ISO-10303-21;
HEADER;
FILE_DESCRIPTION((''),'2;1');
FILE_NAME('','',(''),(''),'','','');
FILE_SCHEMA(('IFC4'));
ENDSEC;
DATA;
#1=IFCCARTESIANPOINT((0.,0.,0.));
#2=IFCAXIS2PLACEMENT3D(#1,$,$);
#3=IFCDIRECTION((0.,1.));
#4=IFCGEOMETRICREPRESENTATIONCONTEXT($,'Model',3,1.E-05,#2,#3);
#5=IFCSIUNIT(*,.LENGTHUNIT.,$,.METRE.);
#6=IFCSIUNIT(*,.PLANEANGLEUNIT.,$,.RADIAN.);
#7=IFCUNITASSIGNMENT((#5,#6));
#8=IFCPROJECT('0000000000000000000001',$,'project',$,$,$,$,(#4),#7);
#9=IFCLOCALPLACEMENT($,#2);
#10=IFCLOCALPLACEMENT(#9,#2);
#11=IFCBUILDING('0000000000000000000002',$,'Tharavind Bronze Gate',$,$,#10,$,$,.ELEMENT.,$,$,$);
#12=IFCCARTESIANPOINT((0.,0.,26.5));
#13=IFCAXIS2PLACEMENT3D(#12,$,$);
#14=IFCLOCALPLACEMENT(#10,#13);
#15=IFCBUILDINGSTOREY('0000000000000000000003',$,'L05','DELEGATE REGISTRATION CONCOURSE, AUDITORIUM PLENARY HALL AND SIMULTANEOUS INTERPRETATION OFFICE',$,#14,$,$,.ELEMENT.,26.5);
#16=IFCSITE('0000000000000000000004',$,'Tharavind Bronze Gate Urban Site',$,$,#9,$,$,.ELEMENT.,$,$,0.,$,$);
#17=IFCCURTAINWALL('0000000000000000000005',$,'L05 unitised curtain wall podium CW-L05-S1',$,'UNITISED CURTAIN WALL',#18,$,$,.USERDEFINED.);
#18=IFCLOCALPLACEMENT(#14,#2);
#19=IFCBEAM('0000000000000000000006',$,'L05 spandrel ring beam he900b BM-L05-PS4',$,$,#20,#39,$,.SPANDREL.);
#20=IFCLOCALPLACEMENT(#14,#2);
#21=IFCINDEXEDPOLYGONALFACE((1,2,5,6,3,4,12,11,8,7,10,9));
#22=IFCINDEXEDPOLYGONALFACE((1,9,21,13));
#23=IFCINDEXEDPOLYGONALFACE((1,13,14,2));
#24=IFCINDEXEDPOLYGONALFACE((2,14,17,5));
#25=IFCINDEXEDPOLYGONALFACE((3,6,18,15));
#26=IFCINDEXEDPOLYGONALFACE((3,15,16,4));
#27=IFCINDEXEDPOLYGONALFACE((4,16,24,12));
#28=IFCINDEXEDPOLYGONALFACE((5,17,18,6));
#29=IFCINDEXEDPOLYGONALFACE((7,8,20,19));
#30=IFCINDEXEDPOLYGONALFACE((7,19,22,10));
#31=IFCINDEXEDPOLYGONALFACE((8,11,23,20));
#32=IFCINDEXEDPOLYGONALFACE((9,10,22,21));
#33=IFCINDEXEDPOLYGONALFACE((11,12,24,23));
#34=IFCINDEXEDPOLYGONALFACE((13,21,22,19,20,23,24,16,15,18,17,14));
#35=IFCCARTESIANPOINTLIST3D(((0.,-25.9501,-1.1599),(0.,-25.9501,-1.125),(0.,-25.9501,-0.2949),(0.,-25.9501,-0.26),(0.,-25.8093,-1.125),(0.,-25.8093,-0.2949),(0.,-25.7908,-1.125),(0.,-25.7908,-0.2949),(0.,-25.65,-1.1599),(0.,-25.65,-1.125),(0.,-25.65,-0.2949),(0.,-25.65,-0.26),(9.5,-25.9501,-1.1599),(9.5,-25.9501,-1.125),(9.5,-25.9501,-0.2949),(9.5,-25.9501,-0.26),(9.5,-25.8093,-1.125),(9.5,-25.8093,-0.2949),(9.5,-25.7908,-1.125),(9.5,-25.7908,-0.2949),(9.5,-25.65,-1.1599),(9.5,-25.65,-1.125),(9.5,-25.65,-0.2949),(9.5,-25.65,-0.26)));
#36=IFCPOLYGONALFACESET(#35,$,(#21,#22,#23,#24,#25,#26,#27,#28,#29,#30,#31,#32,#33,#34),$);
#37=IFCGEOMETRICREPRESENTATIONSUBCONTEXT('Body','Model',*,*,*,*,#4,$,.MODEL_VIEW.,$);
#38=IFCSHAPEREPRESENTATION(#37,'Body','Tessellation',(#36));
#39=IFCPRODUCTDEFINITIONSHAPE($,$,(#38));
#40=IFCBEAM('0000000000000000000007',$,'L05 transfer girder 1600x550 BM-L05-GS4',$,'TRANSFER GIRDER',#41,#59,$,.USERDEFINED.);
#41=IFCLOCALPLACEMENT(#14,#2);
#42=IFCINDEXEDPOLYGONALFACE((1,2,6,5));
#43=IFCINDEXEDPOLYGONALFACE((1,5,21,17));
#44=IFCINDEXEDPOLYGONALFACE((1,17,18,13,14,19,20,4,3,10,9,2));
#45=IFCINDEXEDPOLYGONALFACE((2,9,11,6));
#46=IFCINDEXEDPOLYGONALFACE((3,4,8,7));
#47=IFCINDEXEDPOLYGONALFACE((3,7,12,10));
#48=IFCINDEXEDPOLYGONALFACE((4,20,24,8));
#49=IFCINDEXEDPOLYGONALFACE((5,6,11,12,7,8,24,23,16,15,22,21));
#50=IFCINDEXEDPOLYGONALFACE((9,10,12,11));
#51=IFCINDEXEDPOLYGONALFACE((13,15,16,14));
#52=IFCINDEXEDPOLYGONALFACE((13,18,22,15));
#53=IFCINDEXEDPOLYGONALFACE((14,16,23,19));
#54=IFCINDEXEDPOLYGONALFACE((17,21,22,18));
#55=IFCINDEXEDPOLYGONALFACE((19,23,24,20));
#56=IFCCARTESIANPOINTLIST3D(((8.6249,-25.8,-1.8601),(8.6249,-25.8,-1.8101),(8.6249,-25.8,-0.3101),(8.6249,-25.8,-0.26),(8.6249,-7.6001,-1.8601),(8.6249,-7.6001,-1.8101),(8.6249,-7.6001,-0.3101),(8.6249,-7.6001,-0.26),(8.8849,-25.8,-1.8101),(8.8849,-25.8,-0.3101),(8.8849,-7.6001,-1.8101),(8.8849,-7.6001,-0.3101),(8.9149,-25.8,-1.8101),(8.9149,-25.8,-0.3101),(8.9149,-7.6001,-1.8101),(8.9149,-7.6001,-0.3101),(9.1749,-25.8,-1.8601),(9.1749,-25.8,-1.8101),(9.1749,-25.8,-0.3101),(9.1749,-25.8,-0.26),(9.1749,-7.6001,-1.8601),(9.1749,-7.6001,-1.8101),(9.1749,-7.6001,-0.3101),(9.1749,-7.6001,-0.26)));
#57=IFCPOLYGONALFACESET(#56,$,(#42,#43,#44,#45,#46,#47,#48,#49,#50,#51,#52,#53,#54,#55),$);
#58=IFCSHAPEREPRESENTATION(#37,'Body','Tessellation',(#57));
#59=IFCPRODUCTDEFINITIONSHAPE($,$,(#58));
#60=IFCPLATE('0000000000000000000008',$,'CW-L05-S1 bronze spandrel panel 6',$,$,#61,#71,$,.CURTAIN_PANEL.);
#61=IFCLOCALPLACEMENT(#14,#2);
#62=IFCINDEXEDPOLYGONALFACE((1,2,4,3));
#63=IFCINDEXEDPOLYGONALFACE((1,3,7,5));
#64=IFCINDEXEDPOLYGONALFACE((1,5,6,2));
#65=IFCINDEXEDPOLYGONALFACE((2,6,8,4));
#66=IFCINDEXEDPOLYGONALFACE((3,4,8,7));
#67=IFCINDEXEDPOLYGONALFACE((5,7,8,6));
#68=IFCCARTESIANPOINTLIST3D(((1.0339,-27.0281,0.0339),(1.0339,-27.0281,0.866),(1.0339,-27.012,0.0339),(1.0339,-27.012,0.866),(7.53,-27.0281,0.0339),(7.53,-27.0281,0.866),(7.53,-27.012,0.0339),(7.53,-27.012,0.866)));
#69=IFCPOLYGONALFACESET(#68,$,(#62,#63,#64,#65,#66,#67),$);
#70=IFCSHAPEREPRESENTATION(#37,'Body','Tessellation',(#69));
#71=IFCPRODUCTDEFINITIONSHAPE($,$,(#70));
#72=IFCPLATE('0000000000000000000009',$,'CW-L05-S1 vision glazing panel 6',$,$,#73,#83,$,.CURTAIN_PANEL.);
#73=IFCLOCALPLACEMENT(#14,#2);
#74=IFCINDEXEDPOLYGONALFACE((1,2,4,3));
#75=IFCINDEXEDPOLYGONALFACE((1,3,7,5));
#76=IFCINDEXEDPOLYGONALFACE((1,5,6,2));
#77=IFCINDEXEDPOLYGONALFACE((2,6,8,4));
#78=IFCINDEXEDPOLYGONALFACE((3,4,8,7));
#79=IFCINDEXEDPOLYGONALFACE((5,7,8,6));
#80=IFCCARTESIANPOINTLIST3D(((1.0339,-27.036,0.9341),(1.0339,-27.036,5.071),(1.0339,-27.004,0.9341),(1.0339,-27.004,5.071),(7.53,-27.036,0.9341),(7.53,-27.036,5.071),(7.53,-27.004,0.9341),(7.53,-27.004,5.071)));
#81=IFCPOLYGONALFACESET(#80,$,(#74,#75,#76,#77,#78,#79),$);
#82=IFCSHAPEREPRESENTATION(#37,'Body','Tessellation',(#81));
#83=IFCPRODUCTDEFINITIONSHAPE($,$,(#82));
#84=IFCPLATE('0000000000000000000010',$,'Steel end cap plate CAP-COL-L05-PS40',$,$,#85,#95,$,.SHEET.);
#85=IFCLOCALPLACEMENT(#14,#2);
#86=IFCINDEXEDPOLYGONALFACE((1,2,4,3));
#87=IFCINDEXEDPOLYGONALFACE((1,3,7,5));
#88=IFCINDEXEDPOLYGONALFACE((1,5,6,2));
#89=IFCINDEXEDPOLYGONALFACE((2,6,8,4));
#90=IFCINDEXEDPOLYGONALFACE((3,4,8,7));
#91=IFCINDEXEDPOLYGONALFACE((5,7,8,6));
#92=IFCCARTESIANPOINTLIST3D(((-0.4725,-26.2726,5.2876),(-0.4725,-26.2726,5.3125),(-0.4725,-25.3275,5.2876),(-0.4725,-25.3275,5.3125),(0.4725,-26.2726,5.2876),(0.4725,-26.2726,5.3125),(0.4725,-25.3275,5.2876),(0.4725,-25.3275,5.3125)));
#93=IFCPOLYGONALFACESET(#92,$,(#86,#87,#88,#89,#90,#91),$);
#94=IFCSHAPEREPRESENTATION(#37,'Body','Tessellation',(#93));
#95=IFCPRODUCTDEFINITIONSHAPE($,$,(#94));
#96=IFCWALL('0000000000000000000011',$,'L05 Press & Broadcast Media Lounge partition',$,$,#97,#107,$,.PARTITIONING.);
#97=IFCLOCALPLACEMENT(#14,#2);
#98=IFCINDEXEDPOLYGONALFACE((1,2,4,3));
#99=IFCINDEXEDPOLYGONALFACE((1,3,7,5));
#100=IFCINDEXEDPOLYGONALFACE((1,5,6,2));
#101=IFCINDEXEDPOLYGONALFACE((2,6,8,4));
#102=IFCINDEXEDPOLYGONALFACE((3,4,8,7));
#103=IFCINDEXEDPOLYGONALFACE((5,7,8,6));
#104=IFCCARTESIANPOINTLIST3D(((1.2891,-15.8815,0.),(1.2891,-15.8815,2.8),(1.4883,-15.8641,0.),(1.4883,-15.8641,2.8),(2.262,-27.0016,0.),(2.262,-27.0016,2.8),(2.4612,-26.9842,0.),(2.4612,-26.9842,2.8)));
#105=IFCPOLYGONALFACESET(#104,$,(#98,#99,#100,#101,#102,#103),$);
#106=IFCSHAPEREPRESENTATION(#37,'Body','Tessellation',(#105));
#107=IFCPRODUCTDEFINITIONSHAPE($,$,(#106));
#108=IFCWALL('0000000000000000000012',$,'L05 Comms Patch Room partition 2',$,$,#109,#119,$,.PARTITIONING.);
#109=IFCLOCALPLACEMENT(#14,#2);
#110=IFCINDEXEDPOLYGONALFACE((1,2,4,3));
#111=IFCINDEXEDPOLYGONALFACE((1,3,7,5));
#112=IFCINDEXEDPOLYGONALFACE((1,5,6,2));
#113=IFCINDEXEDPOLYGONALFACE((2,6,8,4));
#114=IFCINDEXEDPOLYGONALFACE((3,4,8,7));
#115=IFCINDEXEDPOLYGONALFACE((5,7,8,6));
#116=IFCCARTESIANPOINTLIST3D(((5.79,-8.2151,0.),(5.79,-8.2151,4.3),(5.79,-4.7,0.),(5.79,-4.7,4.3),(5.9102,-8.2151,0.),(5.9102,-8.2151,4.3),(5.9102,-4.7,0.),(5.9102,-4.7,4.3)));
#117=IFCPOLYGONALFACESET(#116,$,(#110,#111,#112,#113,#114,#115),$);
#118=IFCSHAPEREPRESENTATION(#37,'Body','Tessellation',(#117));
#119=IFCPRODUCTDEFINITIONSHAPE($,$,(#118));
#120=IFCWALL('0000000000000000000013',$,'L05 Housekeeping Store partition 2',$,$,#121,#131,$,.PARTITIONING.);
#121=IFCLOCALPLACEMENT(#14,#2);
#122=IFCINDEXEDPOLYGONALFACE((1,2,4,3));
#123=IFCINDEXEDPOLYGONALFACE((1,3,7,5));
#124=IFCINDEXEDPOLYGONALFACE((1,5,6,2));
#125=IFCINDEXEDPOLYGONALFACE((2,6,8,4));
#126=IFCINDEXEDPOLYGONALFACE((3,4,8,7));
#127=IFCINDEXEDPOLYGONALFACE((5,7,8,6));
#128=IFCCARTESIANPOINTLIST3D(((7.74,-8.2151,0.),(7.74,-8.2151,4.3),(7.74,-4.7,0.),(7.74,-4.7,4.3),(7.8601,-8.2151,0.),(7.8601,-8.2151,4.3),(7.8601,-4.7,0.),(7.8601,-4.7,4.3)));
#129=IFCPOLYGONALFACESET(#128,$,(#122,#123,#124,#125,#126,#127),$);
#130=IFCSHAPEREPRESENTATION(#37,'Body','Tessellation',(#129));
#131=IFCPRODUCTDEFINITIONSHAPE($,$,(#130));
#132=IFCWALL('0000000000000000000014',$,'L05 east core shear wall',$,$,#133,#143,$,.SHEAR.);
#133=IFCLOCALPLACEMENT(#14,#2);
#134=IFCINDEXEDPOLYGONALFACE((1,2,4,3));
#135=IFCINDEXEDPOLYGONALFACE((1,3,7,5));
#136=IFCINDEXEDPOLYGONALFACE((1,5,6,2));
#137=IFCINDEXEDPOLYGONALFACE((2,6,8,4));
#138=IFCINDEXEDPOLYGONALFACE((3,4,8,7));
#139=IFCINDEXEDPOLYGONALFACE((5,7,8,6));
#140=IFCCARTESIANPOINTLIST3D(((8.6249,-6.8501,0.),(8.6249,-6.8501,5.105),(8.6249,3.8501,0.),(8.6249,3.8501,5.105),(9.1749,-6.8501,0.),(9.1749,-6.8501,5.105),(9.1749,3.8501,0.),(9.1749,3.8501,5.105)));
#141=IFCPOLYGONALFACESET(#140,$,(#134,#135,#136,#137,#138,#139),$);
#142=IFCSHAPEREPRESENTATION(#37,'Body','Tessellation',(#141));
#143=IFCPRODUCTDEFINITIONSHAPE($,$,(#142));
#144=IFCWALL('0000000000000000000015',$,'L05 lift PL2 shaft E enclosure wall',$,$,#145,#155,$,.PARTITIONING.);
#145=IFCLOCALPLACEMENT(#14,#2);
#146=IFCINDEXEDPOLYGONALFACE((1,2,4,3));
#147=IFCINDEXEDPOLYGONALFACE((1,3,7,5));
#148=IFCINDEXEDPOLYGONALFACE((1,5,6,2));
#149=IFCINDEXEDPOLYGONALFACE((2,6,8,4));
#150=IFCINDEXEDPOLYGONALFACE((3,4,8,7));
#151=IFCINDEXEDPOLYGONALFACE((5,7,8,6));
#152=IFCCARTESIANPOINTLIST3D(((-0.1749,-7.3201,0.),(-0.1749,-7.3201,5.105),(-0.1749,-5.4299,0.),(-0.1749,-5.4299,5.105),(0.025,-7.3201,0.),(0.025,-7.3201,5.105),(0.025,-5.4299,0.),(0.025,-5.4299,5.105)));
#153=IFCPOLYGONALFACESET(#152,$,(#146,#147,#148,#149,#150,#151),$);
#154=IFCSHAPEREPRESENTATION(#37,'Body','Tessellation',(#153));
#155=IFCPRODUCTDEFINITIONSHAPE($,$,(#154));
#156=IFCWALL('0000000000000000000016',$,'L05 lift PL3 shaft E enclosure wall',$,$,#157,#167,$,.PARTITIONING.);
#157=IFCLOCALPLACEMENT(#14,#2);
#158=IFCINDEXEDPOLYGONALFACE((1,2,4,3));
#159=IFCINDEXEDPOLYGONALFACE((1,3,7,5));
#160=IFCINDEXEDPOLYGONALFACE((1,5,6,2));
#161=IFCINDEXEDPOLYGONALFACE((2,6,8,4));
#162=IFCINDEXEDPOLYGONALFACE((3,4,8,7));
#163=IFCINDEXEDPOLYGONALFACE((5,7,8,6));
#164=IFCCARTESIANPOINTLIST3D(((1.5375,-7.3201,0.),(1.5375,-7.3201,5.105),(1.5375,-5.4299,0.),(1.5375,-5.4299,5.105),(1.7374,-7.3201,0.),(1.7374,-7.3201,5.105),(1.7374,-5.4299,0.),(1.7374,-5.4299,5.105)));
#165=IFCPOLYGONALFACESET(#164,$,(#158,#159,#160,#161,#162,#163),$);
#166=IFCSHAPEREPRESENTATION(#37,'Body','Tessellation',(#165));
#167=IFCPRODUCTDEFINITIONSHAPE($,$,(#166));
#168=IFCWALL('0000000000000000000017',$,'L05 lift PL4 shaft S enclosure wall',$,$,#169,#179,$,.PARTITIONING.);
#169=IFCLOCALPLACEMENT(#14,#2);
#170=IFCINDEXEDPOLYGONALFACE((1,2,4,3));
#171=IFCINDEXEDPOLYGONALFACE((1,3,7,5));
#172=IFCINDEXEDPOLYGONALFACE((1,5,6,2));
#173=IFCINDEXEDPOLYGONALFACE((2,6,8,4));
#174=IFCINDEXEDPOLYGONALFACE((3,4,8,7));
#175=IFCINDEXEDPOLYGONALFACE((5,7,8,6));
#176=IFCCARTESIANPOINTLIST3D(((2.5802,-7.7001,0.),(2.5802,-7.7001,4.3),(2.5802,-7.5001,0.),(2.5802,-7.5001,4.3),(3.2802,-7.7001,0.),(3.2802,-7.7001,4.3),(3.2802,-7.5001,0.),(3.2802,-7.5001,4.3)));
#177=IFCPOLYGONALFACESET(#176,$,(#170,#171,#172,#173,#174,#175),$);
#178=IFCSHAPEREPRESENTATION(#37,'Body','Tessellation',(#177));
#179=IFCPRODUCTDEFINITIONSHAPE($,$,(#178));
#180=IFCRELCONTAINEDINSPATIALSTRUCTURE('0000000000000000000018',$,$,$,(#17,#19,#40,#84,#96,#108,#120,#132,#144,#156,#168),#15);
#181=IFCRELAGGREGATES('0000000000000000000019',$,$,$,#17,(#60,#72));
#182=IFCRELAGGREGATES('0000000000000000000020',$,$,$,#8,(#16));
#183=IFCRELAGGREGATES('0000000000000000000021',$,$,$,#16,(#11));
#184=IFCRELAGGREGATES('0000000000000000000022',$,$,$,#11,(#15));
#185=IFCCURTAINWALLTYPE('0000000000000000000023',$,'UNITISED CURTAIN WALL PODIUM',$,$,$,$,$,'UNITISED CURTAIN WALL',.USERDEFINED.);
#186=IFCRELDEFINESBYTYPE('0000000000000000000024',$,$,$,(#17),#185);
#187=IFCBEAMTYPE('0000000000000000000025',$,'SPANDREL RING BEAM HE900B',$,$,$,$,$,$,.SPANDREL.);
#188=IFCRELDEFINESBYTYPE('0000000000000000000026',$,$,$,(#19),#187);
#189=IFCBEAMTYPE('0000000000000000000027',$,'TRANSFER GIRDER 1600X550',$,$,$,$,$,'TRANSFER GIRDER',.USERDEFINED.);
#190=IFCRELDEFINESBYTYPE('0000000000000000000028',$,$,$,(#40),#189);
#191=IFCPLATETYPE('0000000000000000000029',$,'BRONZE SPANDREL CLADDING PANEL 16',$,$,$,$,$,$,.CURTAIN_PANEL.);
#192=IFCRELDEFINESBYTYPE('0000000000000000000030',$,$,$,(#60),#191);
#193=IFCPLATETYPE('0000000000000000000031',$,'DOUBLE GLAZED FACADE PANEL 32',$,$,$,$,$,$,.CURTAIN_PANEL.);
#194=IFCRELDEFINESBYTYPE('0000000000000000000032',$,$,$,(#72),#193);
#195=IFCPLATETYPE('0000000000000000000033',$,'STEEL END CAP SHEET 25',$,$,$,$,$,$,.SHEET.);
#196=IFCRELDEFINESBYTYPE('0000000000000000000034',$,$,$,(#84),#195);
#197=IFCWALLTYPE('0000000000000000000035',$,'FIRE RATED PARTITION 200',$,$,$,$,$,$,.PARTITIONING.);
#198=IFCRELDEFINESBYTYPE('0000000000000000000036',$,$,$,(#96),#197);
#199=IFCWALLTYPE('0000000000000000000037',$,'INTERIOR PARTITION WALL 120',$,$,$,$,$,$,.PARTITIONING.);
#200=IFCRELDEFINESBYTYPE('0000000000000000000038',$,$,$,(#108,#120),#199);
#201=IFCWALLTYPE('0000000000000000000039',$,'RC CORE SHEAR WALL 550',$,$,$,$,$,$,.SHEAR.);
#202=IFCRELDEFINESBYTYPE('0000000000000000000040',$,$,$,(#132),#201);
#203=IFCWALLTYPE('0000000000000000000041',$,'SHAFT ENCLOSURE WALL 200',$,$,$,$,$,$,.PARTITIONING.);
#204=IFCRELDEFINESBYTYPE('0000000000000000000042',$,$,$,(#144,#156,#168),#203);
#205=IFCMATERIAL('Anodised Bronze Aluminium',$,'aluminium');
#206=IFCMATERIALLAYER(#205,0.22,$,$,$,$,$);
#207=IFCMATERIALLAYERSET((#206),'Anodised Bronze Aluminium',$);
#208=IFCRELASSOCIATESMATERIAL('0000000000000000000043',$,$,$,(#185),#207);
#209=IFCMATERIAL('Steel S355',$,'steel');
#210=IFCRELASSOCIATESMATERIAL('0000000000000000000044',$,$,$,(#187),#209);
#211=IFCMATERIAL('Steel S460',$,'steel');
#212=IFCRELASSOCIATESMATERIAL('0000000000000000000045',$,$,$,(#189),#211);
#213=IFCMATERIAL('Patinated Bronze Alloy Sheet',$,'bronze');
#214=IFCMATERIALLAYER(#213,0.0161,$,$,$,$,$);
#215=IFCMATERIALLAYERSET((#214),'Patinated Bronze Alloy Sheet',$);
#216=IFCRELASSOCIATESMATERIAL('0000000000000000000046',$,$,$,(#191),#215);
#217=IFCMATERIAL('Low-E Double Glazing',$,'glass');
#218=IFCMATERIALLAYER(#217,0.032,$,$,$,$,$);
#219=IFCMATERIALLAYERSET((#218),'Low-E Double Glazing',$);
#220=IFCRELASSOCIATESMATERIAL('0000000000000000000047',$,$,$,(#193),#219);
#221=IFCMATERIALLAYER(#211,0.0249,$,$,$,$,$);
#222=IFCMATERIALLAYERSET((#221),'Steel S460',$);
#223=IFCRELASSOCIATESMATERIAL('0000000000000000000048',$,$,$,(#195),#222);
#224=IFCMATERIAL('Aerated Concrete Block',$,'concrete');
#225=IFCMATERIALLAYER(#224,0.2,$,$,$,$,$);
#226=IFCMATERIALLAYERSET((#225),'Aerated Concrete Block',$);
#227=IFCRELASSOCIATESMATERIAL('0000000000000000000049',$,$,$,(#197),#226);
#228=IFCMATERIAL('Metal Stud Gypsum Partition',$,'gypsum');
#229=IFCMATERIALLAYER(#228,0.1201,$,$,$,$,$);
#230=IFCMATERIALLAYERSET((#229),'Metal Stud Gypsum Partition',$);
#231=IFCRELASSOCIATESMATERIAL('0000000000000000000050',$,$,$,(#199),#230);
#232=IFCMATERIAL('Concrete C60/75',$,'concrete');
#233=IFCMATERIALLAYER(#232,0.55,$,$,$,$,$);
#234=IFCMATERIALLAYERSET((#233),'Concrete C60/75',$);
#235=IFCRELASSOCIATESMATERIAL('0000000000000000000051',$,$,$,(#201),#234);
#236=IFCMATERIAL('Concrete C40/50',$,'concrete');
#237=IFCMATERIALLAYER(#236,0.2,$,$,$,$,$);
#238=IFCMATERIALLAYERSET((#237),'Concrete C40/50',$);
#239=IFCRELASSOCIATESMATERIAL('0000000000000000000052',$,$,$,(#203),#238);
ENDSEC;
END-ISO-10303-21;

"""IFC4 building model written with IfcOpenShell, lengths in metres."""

from ifc_helpers import new_model, si_unit, direction, frame, frame_2d, origin, origin_2d, place, context, subcontext, project, spatial, rectangle, i_section, extrude, material, layer, layer_set, material_profile, profile_set, type_object, element, aggregate, save


model = new_model("IFC4")

# Units and contexts
model_context = context("Model", 3, precision=1e-05, world=origin(), true_north=direction((0.0, 1.0)))
body_context = subcontext(model_context, "Body", "Model", "MODEL_VIEW")
ifc_project = project(units=[si_unit("LENGTHUNIT", "METRE"), si_unit("PLANEANGLEUNIT", "RADIAN")], contexts=[model_context])

# Site, building, storey
site_placement = place(None, origin())
site = spatial("IfcSite", under=ifc_project, at=site_placement, Name="Tharavind Bronze Gate Urban Site", CompositionType="ELEMENT", RefElevation=0.0)
building_placement = place(site_placement, origin())
building = spatial("IfcBuilding", under=site, at=building_placement, Name="Tharavind Bronze Gate", CompositionType="ELEMENT")
storey_placement = place(building_placement, frame((0.0, 0.0, 26.5)))
storey = spatial("IfcBuildingStorey", under=building, at=storey_placement, Name="L05", Description="DELEGATE REGISTRATION CONCOURSE, AUDITORIUM PLENARY HALL AND SIMULTANEOUS INTERPRETATION OFFICE", CompositionType="ELEMENT", Elevation=26.5)

# Shared definitions
ifc_material_1 = material(Name="Steel S460", Category="steel")

# Curtain wall
ifc_material_2 = material(Name="Anodised Bronze Aluminium", Category="aluminium")
ifc_layer_1 = layer(ifc_material_2, 0.22)
ifc_layer_set_1 = layer_set([ifc_layer_1], Name="Anodised Bronze Aluminium")
curtain_wall_type = type_object("IfcCurtainWallType", Name="UNITISED CURTAIN WALL PODIUM", ElementType="UNITISED CURTAIN WALL", PredefinedType="USERDEFINED", material=ifc_layer_set_1)
curtain_wall_placement = place(storey_placement, origin())
curtain_wall = element("IfcCurtainWall", 1, at=curtain_wall_placement, inside=storey, type_object=curtain_wall_type, Name="L05 unitised curtain wall podium CW-L05-S1", ObjectType="UNITISED CURTAIN WALL", PredefinedType="USERDEFINED")

# Beams
ifc_material_3 = material(Name="Steel S355", Category="steel")
ifc_material_profile_1 = material_profile(ifc_material_3, i_section(OverallWidth=0.3, OverallDepth=0.8999, WebThickness=0.0186, FlangeThickness=0.0349, at=origin_2d()), Name="HE900B")
ifc_profile_set_1 = profile_set([ifc_material_profile_1], Name="Steel S355")
beam_type_1 = type_object("IfcBeamType", Name="SPANDREL RING BEAM HE900B", PredefinedType="SPANDREL", material=ifc_profile_set_1)
beam_1_placement = place(storey_placement, frame((0.0, -25.8, -0.71), z_axis=(1.0, 0.0, 0.0), x_axis=(0.0, 1.0, 0.0)))
element("IfcBeam", 2, at=beam_1_placement, inside=storey, type_object=beam_type_1, Name="L05 spandrel ring beam he900b BM-L05-PS4", PredefinedType="SPANDREL", context=body_context, shape_type="SweptSolid", body=[
    extrude(i_section(OverallWidth=0.3, OverallDepth=0.8999, WebThickness=0.0186, FlangeThickness=0.0349, at=origin_2d()), origin(), (0.0, 0.0, 1.0), 9.5),
])
ifc_material_profile_2 = material_profile(ifc_material_1, i_section(OverallWidth=0.55, OverallDepth=1.6001, WebThickness=0.03, FlangeThickness=0.05, at=origin_2d()), Name="PG1600X550")
ifc_profile_set_2 = profile_set([ifc_material_profile_2], Name="Steel S460")
beam_type_2 = type_object("IfcBeamType", Name="TRANSFER GIRDER 1600X550", ElementType="TRANSFER GIRDER", PredefinedType="USERDEFINED", material=ifc_profile_set_2)
beam_2_placement = place(storey_placement, frame((8.8999, -25.8, -1.0601), z_axis=(0.0, 1.0, 0.0), x_axis=(-1.0, 0.0, 0.0)))
element("IfcBeam", 3, at=beam_2_placement, inside=storey, type_object=beam_type_2, Name="L05 transfer girder 1600x550 BM-L05-GS4", ObjectType="TRANSFER GIRDER", PredefinedType="USERDEFINED", context=body_context, shape_type="SweptSolid", body=[
    extrude(i_section(OverallWidth=0.55, OverallDepth=1.6001, WebThickness=0.03, FlangeThickness=0.05, at=origin_2d()), origin(), (0.0, 0.0, 1.0), 18.2),
])

# Plates
ifc_material_4 = material(Name="Patinated Bronze Alloy Sheet", Category="bronze")
ifc_layer_2 = layer(ifc_material_4, 0.0161)
ifc_layer_set_2 = layer_set([ifc_layer_2], Name="Patinated Bronze Alloy Sheet")
plate_type_1 = type_object("IfcPlateType", Name="BRONZE SPANDREL CLADDING PANEL 16", PredefinedType="CURTAIN_PANEL", material=ifc_layer_set_2)
plate_1_placement = place(storey_placement, frame((4.282, -27.02, 0.0339), z_axis=(0.0, 0.0, 1.0), x_axis=(1.0, 0.0, 0.0)))
plate_1 = element("IfcPlate", 4, at=plate_1_placement, type_object=plate_type_1, Name="CW-L05-S1 bronze spandrel panel 6", PredefinedType="CURTAIN_PANEL", context=body_context, shape_type="SweptSolid", body=[
    extrude(rectangle(XDim=6.4961, YDim=0.0161, at=origin_2d()), origin(), (0.0, 0.0, 1.0), 0.832),
])
ifc_material_5 = material(Name="Low-E Double Glazing", Category="glass")
ifc_layer_3 = layer(ifc_material_5, 0.032)
ifc_layer_set_3 = layer_set([ifc_layer_3], Name="Low-E Double Glazing")
plate_type_2 = type_object("IfcPlateType", Name="DOUBLE GLAZED FACADE PANEL 32", PredefinedType="CURTAIN_PANEL", material=ifc_layer_set_3)
plate_2_placement = place(storey_placement, frame((4.282, -27.02, 0.9341), z_axis=(0.0, 0.0, 1.0), x_axis=(1.0, 0.0, 0.0)))
plate_2 = element("IfcPlate", 5, at=plate_2_placement, type_object=plate_type_2, Name="CW-L05-S1 vision glazing panel 6", PredefinedType="CURTAIN_PANEL", context=body_context, shape_type="SweptSolid", body=[
    extrude(rectangle(XDim=6.4961, YDim=0.032, at=origin_2d()), origin(), (0.0, 0.0, 1.0), 4.137),
])
aggregate(curtain_wall, [plate_1, plate_2])
ifc_layer_4 = layer(ifc_material_1, 0.0249)
ifc_layer_set_4 = layer_set([ifc_layer_4], Name="Steel S460")
plate_type_3 = type_object("IfcPlateType", Name="STEEL END CAP SHEET 25", PredefinedType="SHEET", material=ifc_layer_set_4)
plate_3_placement = place(storey_placement, frame((0.0, -25.8, 5.2876), z_axis=(0.0, 0.0, 1.0), x_axis=(1.0, 0.0, 0.0)))
element("IfcPlate", 6, at=plate_3_placement, inside=storey, type_object=plate_type_3, Name="Steel end cap plate CAP-COL-L05-PS40", PredefinedType="SHEET", context=body_context, shape_type="SweptSolid", body=[
    extrude(rectangle(XDim=0.9451, YDim=0.9451, at=origin_2d()), origin(), (0.0, 0.0, 1.0), 0.0249),
])

# Walls
ifc_material_6 = material(Name="Aerated Concrete Block", Category="concrete")
ifc_layer_5 = layer(ifc_material_6, 0.2)
ifc_layer_set_5 = layer_set([ifc_layer_5], Name="Aerated Concrete Block")
wall_type_1 = type_object("IfcWallType", Name="FIRE RATED PARTITION 200", PredefinedType="PARTITIONING", material=ifc_layer_set_5)
wall_1_placement = place(storey_placement, frame((1.3887, -15.8728, 0.0), z_axis=(0.0, 0.0, 1.0), x_axis=(0.087157, -0.996195, 0.0)))
element("IfcWall", 7, at=wall_1_placement, inside=storey, type_object=wall_type_1, Name="L05 Press & Broadcast Media Lounge partition", PredefinedType="PARTITIONING", context=body_context, shape_type="SweptSolid", body=[
    extrude(rectangle(XDim=11.1626, YDim=0.2, at=frame_2d((5.5813, 0.0))), origin(), (0.0, 0.0, 1.0), 2.8),
])
ifc_material_7 = material(Name="Metal Stud Gypsum Partition", Category="gypsum")
ifc_layer_6 = layer(ifc_material_7, 0.1201)
ifc_layer_set_6 = layer_set([ifc_layer_6], Name="Metal Stud Gypsum Partition")
wall_type_2 = type_object("IfcWallType", Name="INTERIOR PARTITION WALL 120", PredefinedType="PARTITIONING", material=ifc_layer_set_6)
for number, where, z_axis, x_axis, name in (
    (8, (5.8501, -8.2151, 0.0), (0.0, 0.0, 1.0), (0.0, 1.0, 0.0), "L05 Comms Patch Room partition 2"),
    (9, (7.8, -8.2151, 0.0), (0.0, 0.0, 1.0), (0.0, 1.0, 0.0), "L05 Housekeeping Store partition 2"),
):
    element("IfcWall", number, at=place(storey_placement, frame(where, z_axis=z_axis, x_axis=x_axis)), inside=storey, type_object=wall_type_2, Name=name, PredefinedType="PARTITIONING", context=body_context, shape_type="SweptSolid", body=[
        extrude(rectangle(XDim=3.5151, YDim=0.1201, at=frame_2d((1.7576, 0.0))), origin(), (0.0, 0.0, 1.0), 4.3),
    ])
ifc_material_8 = material(Name="Concrete C60/75", Category="concrete")
ifc_layer_7 = layer(ifc_material_8, 0.55)
ifc_layer_set_7 = layer_set([ifc_layer_7], Name="Concrete C60/75")
wall_type_3 = type_object("IfcWallType", Name="RC CORE SHEAR WALL 550", PredefinedType="SHEAR", material=ifc_layer_set_7)
wall_2_placement = place(storey_placement, frame((8.8999, -6.8501, 0.0), z_axis=(0.0, 0.0, 1.0), x_axis=(0.0, 1.0, 0.0)))
element("IfcWall", 10, at=wall_2_placement, inside=storey, type_object=wall_type_3, Name="L05 east core shear wall", PredefinedType="SHEAR", context=body_context, shape_type="SweptSolid", body=[
    extrude(rectangle(XDim=10.7002, YDim=0.55, at=frame_2d((5.3501, 0.0))), origin(), (0.0, 0.0, 1.0), 5.105),
])
ifc_material_9 = material(Name="Concrete C40/50", Category="concrete")
ifc_layer_8 = layer(ifc_material_9, 0.2)
ifc_layer_set_8 = layer_set([ifc_layer_8], Name="Concrete C40/50")
wall_type_4 = type_object("IfcWallType", Name="SHAFT ENCLOSURE WALL 200", PredefinedType="PARTITIONING", material=ifc_layer_set_8)
for number, where, z_axis, x_axis, name in (
    (11, (-0.075, -7.3201, 0.0), (0.0, 0.0, 1.0), (0.0, 1.0, 0.0), "L05 lift PL2 shaft E enclosure wall"),
    (12, (1.6375, -7.3201, 0.0), (0.0, 0.0, 1.0), (0.0, 1.0, 0.0), "L05 lift PL3 shaft E enclosure wall"),
):
    element("IfcWall", number, at=place(storey_placement, frame(where, z_axis=z_axis, x_axis=x_axis)), inside=storey, type_object=wall_type_4, Name=name, PredefinedType="PARTITIONING", context=body_context, shape_type="SweptSolid", body=[
        extrude(rectangle(XDim=1.8901, YDim=0.2, at=frame_2d((0.9451, 0.0))), origin(), (0.0, 0.0, 1.0), 5.105),
    ])
wall_3_placement = place(storey_placement, frame((2.5801, -7.6001, 0.0), z_axis=(0.0, 0.0, 1.0), x_axis=(1.0, 0.0, 0.0)))
element("IfcWall", 13, at=wall_3_placement, inside=storey, type_object=wall_type_4, Name="L05 lift PL4 shaft S enclosure wall", PredefinedType="PARTITIONING", context=body_context, shape_type="SweptSolid", body=[
    extrude(rectangle(XDim=0.7, YDim=0.2, at=frame_2d((0.3501, 0.0))), origin(), (0.0, 0.0, 1.0), 4.3),
])

save(model, "model.ifc")
